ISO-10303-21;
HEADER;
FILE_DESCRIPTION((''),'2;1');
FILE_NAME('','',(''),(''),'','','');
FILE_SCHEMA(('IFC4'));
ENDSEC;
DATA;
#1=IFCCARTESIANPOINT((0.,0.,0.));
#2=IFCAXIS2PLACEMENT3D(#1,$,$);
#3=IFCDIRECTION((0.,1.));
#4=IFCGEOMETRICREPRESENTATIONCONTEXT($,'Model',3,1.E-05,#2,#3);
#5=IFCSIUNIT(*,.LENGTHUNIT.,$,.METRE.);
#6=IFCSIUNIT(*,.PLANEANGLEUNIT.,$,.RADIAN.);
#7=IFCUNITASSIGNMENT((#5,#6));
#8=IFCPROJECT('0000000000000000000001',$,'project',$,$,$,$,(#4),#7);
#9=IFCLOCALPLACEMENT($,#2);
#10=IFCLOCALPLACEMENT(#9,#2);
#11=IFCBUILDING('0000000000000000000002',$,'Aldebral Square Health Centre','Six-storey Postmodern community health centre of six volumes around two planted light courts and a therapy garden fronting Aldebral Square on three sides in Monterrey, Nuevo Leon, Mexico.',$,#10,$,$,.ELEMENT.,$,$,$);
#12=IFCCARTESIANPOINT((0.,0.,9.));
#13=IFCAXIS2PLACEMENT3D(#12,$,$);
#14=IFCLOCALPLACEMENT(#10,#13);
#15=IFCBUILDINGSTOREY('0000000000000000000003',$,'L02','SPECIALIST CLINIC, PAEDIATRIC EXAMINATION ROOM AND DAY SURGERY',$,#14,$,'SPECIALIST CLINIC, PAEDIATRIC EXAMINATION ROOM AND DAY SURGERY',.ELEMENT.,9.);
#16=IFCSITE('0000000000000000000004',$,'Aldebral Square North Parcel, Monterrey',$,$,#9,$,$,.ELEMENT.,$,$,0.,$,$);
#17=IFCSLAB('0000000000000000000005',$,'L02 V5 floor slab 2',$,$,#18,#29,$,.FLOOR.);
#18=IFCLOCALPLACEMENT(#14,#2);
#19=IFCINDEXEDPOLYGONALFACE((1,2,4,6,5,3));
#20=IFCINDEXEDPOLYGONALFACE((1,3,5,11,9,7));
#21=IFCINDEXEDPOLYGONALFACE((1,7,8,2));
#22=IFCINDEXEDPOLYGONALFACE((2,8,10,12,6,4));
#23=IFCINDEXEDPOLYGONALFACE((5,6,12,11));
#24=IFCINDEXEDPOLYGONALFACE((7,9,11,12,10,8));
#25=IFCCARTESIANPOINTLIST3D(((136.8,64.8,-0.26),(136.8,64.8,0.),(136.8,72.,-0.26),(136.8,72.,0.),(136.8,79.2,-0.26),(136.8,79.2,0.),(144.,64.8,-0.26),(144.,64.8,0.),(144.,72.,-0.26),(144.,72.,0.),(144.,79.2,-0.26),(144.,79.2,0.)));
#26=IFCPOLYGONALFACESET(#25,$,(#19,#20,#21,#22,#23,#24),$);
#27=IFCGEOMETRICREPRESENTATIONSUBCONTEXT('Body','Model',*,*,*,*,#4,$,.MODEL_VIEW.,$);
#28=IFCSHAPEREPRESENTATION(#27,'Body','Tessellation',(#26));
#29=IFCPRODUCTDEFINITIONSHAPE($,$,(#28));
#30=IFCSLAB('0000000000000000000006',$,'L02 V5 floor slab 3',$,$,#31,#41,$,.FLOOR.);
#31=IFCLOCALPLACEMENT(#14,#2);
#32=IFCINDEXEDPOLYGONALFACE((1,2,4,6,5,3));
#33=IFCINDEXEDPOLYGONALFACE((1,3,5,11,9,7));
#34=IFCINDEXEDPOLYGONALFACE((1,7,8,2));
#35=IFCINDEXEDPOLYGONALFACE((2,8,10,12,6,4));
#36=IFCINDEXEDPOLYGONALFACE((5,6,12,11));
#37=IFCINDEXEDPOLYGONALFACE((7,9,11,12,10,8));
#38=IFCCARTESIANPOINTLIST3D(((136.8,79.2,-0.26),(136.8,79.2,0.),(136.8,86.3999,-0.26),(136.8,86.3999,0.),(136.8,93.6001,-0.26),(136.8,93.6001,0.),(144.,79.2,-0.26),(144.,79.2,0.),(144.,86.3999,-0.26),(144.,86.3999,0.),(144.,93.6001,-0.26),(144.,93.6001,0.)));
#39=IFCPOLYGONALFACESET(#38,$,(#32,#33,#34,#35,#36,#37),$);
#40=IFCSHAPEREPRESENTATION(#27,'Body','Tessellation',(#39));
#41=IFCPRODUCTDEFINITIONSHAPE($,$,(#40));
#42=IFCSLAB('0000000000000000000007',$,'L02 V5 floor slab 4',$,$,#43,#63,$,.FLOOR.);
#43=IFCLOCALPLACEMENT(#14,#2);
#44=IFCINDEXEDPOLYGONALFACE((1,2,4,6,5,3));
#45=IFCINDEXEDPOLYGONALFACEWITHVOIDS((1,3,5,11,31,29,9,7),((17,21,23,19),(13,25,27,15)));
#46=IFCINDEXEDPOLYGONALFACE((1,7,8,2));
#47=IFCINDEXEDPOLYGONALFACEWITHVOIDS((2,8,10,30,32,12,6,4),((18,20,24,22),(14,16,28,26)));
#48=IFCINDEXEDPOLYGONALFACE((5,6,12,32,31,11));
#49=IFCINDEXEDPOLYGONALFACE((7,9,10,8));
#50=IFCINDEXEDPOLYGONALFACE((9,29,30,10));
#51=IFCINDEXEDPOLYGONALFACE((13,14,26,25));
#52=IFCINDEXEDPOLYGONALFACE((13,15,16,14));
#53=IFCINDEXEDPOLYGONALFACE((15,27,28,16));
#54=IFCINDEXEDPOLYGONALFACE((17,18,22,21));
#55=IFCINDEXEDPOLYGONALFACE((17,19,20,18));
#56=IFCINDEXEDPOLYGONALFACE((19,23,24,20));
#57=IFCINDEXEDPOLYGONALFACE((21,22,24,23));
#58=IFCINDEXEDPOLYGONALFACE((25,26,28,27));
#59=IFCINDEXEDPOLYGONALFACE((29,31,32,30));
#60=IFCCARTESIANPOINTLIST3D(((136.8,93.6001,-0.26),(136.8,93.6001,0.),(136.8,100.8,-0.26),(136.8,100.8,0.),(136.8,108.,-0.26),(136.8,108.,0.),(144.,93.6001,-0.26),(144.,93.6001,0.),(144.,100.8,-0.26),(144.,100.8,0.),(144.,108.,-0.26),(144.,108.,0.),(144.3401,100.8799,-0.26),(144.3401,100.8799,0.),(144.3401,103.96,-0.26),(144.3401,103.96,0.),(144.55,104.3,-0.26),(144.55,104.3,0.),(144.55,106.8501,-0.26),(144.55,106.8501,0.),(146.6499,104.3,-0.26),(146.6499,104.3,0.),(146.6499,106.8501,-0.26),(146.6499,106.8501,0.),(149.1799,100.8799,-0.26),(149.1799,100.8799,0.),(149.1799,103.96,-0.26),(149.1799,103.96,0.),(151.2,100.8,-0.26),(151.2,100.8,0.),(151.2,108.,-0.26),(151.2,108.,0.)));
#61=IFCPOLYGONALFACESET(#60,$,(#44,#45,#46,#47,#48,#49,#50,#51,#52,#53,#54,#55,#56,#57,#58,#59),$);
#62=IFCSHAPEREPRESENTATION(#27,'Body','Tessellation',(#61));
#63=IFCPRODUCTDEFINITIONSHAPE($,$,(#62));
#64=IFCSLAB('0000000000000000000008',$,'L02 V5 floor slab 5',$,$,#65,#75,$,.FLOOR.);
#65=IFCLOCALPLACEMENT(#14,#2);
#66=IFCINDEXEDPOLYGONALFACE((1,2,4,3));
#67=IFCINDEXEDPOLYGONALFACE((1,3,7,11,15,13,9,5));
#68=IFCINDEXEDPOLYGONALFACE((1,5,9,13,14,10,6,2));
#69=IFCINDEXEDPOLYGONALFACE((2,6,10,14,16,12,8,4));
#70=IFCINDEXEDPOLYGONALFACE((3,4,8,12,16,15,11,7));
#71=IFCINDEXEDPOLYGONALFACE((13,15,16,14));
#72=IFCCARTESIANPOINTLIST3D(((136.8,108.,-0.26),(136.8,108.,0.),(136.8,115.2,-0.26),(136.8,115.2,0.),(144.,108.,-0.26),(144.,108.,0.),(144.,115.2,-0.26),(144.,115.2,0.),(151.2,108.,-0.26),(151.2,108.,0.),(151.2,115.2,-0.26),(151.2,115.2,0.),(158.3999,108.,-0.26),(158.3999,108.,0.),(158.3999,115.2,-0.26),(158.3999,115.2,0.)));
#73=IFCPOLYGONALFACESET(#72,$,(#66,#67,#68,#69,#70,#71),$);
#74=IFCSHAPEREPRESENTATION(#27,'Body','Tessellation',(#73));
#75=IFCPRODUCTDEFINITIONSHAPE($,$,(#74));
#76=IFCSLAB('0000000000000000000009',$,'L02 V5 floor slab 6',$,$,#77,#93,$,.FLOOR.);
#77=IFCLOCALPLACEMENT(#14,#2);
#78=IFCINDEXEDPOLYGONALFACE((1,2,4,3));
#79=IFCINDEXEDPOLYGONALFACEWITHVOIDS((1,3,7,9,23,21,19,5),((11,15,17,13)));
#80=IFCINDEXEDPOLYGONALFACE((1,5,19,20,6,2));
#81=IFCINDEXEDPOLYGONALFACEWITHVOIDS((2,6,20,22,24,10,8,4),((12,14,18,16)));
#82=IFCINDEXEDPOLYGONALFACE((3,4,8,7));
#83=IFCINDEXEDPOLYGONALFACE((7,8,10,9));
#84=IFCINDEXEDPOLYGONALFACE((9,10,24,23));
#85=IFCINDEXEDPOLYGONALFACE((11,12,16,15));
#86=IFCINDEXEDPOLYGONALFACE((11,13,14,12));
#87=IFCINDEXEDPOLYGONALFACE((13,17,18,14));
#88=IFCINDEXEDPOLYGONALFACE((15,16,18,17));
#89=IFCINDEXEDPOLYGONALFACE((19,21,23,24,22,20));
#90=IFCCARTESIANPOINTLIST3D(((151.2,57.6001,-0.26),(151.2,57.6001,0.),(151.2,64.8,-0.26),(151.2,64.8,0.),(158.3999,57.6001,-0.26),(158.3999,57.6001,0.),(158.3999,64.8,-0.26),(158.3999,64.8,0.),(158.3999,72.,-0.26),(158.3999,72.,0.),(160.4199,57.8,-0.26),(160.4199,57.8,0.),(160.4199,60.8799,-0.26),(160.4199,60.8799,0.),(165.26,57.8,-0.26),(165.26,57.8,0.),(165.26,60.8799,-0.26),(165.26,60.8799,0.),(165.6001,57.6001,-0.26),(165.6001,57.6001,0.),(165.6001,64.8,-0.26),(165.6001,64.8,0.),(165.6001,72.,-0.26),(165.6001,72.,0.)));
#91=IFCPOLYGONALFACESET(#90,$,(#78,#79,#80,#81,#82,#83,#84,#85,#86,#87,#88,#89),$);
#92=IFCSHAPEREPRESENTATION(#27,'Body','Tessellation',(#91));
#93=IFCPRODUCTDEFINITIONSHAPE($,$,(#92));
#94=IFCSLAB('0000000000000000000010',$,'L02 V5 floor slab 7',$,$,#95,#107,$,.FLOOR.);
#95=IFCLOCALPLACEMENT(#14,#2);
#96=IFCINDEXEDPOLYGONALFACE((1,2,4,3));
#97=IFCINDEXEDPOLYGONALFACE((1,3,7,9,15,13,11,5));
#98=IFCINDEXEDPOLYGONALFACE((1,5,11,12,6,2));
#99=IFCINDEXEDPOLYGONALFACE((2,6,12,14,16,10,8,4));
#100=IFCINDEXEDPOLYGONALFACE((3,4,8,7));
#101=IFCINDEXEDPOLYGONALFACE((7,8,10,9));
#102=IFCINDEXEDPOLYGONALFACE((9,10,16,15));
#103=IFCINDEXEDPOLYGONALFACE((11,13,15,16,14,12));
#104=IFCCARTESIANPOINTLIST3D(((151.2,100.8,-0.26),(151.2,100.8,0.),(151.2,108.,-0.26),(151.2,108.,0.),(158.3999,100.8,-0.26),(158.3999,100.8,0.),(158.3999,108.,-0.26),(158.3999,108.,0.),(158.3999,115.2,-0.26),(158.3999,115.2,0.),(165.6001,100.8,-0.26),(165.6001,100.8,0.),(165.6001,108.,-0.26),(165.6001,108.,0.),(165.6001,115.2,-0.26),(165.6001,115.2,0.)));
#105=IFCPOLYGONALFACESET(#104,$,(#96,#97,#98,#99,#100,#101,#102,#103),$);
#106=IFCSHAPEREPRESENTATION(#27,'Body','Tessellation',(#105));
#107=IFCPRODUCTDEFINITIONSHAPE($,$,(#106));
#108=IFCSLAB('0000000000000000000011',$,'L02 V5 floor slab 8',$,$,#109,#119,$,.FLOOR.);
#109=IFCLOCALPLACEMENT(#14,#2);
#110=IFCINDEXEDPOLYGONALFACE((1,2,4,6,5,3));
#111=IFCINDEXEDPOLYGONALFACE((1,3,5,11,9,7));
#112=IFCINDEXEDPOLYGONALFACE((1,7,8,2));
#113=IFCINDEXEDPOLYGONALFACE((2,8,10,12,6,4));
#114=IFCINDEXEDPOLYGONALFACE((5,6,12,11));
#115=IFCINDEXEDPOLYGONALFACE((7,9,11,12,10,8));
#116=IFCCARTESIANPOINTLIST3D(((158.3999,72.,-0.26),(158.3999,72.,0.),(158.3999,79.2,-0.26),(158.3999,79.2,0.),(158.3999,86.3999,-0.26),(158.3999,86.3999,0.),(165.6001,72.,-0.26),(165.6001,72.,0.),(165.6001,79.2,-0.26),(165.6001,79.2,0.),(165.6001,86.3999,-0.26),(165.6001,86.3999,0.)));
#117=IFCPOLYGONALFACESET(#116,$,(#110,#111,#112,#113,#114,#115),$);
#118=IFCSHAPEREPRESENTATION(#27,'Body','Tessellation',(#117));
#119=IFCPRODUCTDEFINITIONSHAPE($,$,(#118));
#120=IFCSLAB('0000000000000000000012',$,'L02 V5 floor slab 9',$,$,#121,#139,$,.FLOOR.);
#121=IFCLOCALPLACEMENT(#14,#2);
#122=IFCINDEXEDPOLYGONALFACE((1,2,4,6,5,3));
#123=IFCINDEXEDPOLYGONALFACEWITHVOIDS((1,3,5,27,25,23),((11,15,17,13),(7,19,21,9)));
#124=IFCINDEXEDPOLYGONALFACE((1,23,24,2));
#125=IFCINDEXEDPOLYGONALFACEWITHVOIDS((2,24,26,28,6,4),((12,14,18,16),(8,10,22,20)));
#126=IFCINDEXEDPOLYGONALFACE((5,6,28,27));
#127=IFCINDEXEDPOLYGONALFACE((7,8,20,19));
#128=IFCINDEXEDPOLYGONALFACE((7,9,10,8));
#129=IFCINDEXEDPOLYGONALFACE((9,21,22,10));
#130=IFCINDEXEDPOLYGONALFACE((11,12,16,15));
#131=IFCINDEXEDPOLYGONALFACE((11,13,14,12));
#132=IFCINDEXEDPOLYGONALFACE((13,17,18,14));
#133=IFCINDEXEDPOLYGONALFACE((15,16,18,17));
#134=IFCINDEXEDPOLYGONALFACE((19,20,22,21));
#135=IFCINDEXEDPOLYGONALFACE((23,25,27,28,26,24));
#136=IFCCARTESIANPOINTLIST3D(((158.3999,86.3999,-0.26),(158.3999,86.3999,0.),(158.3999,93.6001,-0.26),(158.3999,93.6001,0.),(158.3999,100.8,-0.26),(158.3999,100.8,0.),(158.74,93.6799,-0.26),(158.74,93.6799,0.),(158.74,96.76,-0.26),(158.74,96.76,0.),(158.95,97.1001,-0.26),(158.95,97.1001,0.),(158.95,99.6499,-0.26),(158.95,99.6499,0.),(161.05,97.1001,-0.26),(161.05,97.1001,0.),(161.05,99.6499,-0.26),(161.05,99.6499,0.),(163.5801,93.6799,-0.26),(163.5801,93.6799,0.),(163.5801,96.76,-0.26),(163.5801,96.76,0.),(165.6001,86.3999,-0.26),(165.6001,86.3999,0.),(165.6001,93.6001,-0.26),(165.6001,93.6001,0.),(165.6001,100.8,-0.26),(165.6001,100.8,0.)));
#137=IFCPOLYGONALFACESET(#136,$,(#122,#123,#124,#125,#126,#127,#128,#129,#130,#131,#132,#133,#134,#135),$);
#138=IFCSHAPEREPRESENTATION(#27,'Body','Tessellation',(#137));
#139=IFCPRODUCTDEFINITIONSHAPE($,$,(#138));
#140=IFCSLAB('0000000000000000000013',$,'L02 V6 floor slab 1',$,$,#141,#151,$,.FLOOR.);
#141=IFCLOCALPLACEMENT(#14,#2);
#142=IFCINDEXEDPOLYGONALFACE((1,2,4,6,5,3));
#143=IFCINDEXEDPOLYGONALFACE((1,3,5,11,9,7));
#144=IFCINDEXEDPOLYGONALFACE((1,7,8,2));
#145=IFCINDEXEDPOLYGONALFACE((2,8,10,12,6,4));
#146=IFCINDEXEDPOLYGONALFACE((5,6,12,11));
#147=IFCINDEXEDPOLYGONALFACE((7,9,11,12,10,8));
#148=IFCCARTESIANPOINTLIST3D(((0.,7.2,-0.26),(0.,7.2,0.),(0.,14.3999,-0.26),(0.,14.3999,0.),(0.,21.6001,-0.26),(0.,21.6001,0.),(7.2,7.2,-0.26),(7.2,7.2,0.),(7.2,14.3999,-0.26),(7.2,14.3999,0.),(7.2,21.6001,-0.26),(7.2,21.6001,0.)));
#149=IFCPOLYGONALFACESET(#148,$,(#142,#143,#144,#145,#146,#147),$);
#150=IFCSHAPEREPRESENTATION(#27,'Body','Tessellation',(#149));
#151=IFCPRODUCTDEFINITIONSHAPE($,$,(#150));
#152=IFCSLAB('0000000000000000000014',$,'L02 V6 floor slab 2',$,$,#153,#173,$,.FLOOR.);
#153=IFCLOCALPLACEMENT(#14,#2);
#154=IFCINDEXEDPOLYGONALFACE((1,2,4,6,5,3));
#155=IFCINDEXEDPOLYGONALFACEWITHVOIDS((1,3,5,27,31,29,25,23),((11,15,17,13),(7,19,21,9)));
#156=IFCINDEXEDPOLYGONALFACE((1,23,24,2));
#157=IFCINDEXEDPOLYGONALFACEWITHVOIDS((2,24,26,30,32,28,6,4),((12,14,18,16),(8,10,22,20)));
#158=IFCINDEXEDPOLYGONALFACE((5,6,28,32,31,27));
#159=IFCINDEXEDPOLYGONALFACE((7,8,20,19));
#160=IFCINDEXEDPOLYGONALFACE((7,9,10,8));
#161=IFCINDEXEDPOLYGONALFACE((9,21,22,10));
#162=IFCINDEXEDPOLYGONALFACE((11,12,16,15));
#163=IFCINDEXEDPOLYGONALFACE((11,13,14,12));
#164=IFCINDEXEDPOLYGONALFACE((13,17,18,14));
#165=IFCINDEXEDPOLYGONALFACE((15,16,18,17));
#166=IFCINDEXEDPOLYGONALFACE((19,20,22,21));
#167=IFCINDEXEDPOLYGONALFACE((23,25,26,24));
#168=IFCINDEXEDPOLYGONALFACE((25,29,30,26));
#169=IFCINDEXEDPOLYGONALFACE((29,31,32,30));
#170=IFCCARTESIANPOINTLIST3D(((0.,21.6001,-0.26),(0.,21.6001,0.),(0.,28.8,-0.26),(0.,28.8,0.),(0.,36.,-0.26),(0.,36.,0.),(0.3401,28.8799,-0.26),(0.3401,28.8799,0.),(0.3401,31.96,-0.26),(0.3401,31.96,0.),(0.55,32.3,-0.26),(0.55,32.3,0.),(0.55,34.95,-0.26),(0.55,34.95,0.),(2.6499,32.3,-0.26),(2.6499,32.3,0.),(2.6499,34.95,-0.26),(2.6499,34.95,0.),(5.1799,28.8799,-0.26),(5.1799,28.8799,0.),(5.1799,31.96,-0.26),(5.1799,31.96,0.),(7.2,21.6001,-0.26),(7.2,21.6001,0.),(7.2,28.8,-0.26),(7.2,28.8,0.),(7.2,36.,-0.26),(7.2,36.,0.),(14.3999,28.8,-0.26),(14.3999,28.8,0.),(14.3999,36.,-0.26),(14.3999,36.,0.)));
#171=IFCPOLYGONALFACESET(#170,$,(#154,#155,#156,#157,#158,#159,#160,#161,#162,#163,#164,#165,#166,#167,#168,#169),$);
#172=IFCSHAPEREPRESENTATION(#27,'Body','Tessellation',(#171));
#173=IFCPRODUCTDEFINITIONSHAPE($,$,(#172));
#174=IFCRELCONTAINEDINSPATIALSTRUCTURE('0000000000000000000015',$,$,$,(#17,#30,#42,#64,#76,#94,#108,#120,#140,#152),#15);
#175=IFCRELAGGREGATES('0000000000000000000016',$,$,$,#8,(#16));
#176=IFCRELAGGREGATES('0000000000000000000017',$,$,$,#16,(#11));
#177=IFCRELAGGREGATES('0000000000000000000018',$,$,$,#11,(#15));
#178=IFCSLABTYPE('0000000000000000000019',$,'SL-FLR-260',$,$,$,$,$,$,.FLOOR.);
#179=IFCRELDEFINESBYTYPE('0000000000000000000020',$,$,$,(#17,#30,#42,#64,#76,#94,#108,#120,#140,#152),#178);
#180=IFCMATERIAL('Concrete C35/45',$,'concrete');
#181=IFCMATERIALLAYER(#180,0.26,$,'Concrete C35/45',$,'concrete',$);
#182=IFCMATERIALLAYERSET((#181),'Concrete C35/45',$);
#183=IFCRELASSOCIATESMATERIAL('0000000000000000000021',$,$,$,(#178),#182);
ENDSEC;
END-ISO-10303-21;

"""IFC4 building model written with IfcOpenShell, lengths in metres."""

from ifc_helpers import new_model, si_unit, direction, frame, origin, place, context, subcontext, project, spatial, polyline, outline, extrude, material, layer, layer_set, type_object, element, save


model = new_model("IFC4")

# Units and contexts
model_context = context("Model", 3, precision=1e-05, world=origin(), true_north=direction((0.0, 1.0)))
body_context = subcontext(model_context, "Body", "Model", "MODEL_VIEW")
ifc_project = project(units=[si_unit("LENGTHUNIT", "METRE"), si_unit("PLANEANGLEUNIT", "RADIAN")], contexts=[model_context])

# Site, building, storey
site_placement = place(None, origin())
site = spatial("IfcSite", under=ifc_project, at=site_placement, Name="Aldebral Square North Parcel, Monterrey", CompositionType="ELEMENT", RefElevation=0.0)
building_placement = place(site_placement, origin())
building = spatial("IfcBuilding", under=site, at=building_placement, Name="Aldebral Square Health Centre", Description="Six-storey Postmodern community health centre of six volumes around two planted light courts and a therapy garden fronting Aldebral Square on three sides in Monterrey, Nuevo Leon, Mexico.", CompositionType="ELEMENT")
storey_placement = place(building_placement, frame((0.0, 0.0, 9.0)))
storey = spatial("IfcBuildingStorey", under=building, at=storey_placement, Name="L02", Description="SPECIALIST CLINIC, PAEDIATRIC EXAMINATION ROOM AND DAY SURGERY", LongName="SPECIALIST CLINIC, PAEDIATRIC EXAMINATION ROOM AND DAY SURGERY", CompositionType="ELEMENT", Elevation=9.0)

# Slabs
ifc_material = material(Name="Concrete C35/45", Category="concrete")
ifc_layer_1 = layer(ifc_material, 0.26, Name="Concrete C35/45", Category="concrete")
ifc_layer_set_1 = layer_set([ifc_layer_1], Name="Concrete C35/45")
slab_type_1 = type_object("IfcSlabType", Name="SL-FLR-260", PredefinedType="FLOOR", material=ifc_layer_set_1)
slab_1_placement = place(storey_placement, frame((0.0, 0.0, -0.26)))
element("IfcSlab", 1, at=slab_1_placement, inside=storey, type_object=slab_type_1, Name="L02 V5 floor slab 2", PredefinedType="FLOOR", context=body_context, shape_type="SweptSolid", body=[
    extrude(outline(polyline([(136.8, 64.8), (136.8, 72.0), (136.8, 79.2), (144.0, 79.2), (144.0, 72.0), (144.0, 64.8), (136.8, 64.8)])), origin(), (0.0, 0.0, 1.0), 0.26),
])
slab_2_placement = place(storey_placement, frame((0.0, 0.0, -0.26)))
element("IfcSlab", 2, at=slab_2_placement, inside=storey, type_object=slab_type_1, Name="L02 V5 floor slab 3", PredefinedType="FLOOR", context=body_context, shape_type="SweptSolid", body=[
    extrude(outline(polyline([(136.8, 79.2), (136.8, 86.3999), (136.8, 93.6001), (144.0, 93.6001), (144.0, 86.3999), (144.0, 79.2), (136.8, 79.2)])), origin(), (0.0, 0.0, 1.0), 0.26),
])
slab_3_placement = place(storey_placement, frame((0.0, 0.0, -0.26)))
element("IfcSlab", 3, at=slab_3_placement, inside=storey, type_object=slab_type_1, Name="L02 V5 floor slab 4", PredefinedType="FLOOR", context=body_context, shape_type="SweptSolid", body=[
    extrude(outline(polyline([(136.8, 93.6001), (136.8, 100.8), (136.8, 108.0), (144.0, 108.0), (151.2, 108.0), (151.2, 100.8), (144.0, 100.8), (144.0, 93.6001), (136.8, 93.6001)]), holes=[polyline([(149.1799, 103.96), (144.3401, 103.96), (144.3401, 100.8799), (149.1799, 100.8799), (149.1799, 103.96)]), polyline([(146.6499, 106.8501), (144.55, 106.8501), (144.55, 104.3), (146.6499, 104.3), (146.6499, 106.8501)])]), origin(), (0.0, 0.0, 1.0), 0.26),
])
slab_4_placement = place(storey_placement, frame((0.0, 0.0, -0.26)))
element("IfcSlab", 4, at=slab_4_placement, inside=storey, type_object=slab_type_1, Name="L02 V5 floor slab 5", PredefinedType="FLOOR", context=body_context, shape_type="SweptSolid", body=[
    extrude(outline(polyline([(136.8, 115.2), (144.0, 115.2), (151.2, 115.2), (158.3999, 115.2), (158.3999, 108.0), (151.2, 108.0), (144.0, 108.0), (136.8, 108.0), (136.8, 115.2)])), origin(), (0.0, 0.0, 1.0), 0.26),
])
slab_5_placement = place(storey_placement, frame((0.0, 0.0, -0.26)))
element("IfcSlab", 5, at=slab_5_placement, inside=storey, type_object=slab_type_1, Name="L02 V5 floor slab 6", PredefinedType="FLOOR", context=body_context, shape_type="SweptSolid", body=[
    extrude(outline(polyline([(151.2, 64.8), (158.3999, 64.8), (158.3999, 72.0), (165.6001, 72.0), (165.6001, 64.8), (165.6001, 57.6001), (158.3999, 57.6001), (151.2, 57.6001), (151.2, 64.8)]), holes=[polyline([(165.26, 60.8799), (160.4199, 60.8799), (160.4199, 57.8), (165.26, 57.8), (165.26, 60.8799)])]), origin(), (0.0, 0.0, 1.0), 0.26),
])
slab_6_placement = place(storey_placement, frame((0.0, 0.0, -0.26)))
element("IfcSlab", 6, at=slab_6_placement, inside=storey, type_object=slab_type_1, Name="L02 V5 floor slab 7", PredefinedType="FLOOR", context=body_context, shape_type="SweptSolid", body=[
    extrude(outline(polyline([(151.2, 108.0), (158.3999, 108.0), (158.3999, 115.2), (165.6001, 115.2), (165.6001, 108.0), (165.6001, 100.8), (158.3999, 100.8), (151.2, 100.8), (151.2, 108.0)])), origin(), (0.0, 0.0, 1.0), 0.26),
])
slab_7_placement = place(storey_placement, frame((0.0, 0.0, -0.26)))
element("IfcSlab", 7, at=slab_7_placement, inside=storey, type_object=slab_type_1, Name="L02 V5 floor slab 8", PredefinedType="FLOOR", context=body_context, shape_type="SweptSolid", body=[
    extrude(outline(polyline([(158.3999, 72.0), (158.3999, 79.2), (158.3999, 86.3999), (165.6001, 86.3999), (165.6001, 79.2), (165.6001, 72.0), (158.3999, 72.0)])), origin(), (0.0, 0.0, 1.0), 0.26),
])
slab_8_placement = place(storey_placement, frame((0.0, 0.0, -0.26)))
element("IfcSlab", 8, at=slab_8_placement, inside=storey, type_object=slab_type_1, Name="L02 V5 floor slab 9", PredefinedType="FLOOR", context=body_context, shape_type="SweptSolid", body=[
    extrude(outline(polyline([(158.3999, 86.3999), (158.3999, 93.6001), (158.3999, 100.8), (165.6001, 100.8), (165.6001, 93.6001), (165.6001, 86.3999), (158.3999, 86.3999)]), holes=[polyline([(163.5801, 96.76), (158.74, 96.76), (158.74, 93.6799), (163.5801, 93.6799), (163.5801, 96.76)]), polyline([(161.05, 99.6499), (158.95, 99.6499), (158.95, 97.1001), (161.05, 97.1001), (161.05, 99.6499)])]), origin(), (0.0, 0.0, 1.0), 0.26),
])
slab_9_placement = place(storey_placement, frame((0.0, 0.0, -0.26)))
element("IfcSlab", 9, at=slab_9_placement, inside=storey, type_object=slab_type_1, Name="L02 V6 floor slab 1", PredefinedType="FLOOR", context=body_context, shape_type="SweptSolid", body=[
    extrude(outline(polyline([(0.0, 7.2), (0.0, 14.3999), (0.0, 21.6001), (7.2, 21.6001), (7.2, 14.3999), (7.2, 7.2), (0.0, 7.2)])), origin(), (0.0, 0.0, 1.0), 0.26),
])
slab_10_placement = place(storey_placement, frame((0.0, 0.0, -0.26)))
element("IfcSlab", 10, at=slab_10_placement, inside=storey, type_object=slab_type_1, Name="L02 V6 floor slab 2", PredefinedType="FLOOR", context=body_context, shape_type="SweptSolid", body=[
    extrude(outline(polyline([(0.0, 21.6001), (0.0, 28.8), (0.0, 36.0), (7.2, 36.0), (14.3999, 36.0), (14.3999, 28.8), (7.2, 28.8), (7.2, 21.6001), (0.0, 21.6001)]), holes=[polyline([(0.3401, 31.96), (0.3401, 28.8799), (5.1799, 28.8799), (5.1799, 31.96), (0.3401, 31.96)]), polyline([(2.6499, 34.95), (0.55, 34.95), (0.55, 32.3), (2.6499, 32.3), (2.6499, 34.95)])]), origin(), (0.0, 0.0, 1.0), 0.26),
])

save(model, "model.ifc")
